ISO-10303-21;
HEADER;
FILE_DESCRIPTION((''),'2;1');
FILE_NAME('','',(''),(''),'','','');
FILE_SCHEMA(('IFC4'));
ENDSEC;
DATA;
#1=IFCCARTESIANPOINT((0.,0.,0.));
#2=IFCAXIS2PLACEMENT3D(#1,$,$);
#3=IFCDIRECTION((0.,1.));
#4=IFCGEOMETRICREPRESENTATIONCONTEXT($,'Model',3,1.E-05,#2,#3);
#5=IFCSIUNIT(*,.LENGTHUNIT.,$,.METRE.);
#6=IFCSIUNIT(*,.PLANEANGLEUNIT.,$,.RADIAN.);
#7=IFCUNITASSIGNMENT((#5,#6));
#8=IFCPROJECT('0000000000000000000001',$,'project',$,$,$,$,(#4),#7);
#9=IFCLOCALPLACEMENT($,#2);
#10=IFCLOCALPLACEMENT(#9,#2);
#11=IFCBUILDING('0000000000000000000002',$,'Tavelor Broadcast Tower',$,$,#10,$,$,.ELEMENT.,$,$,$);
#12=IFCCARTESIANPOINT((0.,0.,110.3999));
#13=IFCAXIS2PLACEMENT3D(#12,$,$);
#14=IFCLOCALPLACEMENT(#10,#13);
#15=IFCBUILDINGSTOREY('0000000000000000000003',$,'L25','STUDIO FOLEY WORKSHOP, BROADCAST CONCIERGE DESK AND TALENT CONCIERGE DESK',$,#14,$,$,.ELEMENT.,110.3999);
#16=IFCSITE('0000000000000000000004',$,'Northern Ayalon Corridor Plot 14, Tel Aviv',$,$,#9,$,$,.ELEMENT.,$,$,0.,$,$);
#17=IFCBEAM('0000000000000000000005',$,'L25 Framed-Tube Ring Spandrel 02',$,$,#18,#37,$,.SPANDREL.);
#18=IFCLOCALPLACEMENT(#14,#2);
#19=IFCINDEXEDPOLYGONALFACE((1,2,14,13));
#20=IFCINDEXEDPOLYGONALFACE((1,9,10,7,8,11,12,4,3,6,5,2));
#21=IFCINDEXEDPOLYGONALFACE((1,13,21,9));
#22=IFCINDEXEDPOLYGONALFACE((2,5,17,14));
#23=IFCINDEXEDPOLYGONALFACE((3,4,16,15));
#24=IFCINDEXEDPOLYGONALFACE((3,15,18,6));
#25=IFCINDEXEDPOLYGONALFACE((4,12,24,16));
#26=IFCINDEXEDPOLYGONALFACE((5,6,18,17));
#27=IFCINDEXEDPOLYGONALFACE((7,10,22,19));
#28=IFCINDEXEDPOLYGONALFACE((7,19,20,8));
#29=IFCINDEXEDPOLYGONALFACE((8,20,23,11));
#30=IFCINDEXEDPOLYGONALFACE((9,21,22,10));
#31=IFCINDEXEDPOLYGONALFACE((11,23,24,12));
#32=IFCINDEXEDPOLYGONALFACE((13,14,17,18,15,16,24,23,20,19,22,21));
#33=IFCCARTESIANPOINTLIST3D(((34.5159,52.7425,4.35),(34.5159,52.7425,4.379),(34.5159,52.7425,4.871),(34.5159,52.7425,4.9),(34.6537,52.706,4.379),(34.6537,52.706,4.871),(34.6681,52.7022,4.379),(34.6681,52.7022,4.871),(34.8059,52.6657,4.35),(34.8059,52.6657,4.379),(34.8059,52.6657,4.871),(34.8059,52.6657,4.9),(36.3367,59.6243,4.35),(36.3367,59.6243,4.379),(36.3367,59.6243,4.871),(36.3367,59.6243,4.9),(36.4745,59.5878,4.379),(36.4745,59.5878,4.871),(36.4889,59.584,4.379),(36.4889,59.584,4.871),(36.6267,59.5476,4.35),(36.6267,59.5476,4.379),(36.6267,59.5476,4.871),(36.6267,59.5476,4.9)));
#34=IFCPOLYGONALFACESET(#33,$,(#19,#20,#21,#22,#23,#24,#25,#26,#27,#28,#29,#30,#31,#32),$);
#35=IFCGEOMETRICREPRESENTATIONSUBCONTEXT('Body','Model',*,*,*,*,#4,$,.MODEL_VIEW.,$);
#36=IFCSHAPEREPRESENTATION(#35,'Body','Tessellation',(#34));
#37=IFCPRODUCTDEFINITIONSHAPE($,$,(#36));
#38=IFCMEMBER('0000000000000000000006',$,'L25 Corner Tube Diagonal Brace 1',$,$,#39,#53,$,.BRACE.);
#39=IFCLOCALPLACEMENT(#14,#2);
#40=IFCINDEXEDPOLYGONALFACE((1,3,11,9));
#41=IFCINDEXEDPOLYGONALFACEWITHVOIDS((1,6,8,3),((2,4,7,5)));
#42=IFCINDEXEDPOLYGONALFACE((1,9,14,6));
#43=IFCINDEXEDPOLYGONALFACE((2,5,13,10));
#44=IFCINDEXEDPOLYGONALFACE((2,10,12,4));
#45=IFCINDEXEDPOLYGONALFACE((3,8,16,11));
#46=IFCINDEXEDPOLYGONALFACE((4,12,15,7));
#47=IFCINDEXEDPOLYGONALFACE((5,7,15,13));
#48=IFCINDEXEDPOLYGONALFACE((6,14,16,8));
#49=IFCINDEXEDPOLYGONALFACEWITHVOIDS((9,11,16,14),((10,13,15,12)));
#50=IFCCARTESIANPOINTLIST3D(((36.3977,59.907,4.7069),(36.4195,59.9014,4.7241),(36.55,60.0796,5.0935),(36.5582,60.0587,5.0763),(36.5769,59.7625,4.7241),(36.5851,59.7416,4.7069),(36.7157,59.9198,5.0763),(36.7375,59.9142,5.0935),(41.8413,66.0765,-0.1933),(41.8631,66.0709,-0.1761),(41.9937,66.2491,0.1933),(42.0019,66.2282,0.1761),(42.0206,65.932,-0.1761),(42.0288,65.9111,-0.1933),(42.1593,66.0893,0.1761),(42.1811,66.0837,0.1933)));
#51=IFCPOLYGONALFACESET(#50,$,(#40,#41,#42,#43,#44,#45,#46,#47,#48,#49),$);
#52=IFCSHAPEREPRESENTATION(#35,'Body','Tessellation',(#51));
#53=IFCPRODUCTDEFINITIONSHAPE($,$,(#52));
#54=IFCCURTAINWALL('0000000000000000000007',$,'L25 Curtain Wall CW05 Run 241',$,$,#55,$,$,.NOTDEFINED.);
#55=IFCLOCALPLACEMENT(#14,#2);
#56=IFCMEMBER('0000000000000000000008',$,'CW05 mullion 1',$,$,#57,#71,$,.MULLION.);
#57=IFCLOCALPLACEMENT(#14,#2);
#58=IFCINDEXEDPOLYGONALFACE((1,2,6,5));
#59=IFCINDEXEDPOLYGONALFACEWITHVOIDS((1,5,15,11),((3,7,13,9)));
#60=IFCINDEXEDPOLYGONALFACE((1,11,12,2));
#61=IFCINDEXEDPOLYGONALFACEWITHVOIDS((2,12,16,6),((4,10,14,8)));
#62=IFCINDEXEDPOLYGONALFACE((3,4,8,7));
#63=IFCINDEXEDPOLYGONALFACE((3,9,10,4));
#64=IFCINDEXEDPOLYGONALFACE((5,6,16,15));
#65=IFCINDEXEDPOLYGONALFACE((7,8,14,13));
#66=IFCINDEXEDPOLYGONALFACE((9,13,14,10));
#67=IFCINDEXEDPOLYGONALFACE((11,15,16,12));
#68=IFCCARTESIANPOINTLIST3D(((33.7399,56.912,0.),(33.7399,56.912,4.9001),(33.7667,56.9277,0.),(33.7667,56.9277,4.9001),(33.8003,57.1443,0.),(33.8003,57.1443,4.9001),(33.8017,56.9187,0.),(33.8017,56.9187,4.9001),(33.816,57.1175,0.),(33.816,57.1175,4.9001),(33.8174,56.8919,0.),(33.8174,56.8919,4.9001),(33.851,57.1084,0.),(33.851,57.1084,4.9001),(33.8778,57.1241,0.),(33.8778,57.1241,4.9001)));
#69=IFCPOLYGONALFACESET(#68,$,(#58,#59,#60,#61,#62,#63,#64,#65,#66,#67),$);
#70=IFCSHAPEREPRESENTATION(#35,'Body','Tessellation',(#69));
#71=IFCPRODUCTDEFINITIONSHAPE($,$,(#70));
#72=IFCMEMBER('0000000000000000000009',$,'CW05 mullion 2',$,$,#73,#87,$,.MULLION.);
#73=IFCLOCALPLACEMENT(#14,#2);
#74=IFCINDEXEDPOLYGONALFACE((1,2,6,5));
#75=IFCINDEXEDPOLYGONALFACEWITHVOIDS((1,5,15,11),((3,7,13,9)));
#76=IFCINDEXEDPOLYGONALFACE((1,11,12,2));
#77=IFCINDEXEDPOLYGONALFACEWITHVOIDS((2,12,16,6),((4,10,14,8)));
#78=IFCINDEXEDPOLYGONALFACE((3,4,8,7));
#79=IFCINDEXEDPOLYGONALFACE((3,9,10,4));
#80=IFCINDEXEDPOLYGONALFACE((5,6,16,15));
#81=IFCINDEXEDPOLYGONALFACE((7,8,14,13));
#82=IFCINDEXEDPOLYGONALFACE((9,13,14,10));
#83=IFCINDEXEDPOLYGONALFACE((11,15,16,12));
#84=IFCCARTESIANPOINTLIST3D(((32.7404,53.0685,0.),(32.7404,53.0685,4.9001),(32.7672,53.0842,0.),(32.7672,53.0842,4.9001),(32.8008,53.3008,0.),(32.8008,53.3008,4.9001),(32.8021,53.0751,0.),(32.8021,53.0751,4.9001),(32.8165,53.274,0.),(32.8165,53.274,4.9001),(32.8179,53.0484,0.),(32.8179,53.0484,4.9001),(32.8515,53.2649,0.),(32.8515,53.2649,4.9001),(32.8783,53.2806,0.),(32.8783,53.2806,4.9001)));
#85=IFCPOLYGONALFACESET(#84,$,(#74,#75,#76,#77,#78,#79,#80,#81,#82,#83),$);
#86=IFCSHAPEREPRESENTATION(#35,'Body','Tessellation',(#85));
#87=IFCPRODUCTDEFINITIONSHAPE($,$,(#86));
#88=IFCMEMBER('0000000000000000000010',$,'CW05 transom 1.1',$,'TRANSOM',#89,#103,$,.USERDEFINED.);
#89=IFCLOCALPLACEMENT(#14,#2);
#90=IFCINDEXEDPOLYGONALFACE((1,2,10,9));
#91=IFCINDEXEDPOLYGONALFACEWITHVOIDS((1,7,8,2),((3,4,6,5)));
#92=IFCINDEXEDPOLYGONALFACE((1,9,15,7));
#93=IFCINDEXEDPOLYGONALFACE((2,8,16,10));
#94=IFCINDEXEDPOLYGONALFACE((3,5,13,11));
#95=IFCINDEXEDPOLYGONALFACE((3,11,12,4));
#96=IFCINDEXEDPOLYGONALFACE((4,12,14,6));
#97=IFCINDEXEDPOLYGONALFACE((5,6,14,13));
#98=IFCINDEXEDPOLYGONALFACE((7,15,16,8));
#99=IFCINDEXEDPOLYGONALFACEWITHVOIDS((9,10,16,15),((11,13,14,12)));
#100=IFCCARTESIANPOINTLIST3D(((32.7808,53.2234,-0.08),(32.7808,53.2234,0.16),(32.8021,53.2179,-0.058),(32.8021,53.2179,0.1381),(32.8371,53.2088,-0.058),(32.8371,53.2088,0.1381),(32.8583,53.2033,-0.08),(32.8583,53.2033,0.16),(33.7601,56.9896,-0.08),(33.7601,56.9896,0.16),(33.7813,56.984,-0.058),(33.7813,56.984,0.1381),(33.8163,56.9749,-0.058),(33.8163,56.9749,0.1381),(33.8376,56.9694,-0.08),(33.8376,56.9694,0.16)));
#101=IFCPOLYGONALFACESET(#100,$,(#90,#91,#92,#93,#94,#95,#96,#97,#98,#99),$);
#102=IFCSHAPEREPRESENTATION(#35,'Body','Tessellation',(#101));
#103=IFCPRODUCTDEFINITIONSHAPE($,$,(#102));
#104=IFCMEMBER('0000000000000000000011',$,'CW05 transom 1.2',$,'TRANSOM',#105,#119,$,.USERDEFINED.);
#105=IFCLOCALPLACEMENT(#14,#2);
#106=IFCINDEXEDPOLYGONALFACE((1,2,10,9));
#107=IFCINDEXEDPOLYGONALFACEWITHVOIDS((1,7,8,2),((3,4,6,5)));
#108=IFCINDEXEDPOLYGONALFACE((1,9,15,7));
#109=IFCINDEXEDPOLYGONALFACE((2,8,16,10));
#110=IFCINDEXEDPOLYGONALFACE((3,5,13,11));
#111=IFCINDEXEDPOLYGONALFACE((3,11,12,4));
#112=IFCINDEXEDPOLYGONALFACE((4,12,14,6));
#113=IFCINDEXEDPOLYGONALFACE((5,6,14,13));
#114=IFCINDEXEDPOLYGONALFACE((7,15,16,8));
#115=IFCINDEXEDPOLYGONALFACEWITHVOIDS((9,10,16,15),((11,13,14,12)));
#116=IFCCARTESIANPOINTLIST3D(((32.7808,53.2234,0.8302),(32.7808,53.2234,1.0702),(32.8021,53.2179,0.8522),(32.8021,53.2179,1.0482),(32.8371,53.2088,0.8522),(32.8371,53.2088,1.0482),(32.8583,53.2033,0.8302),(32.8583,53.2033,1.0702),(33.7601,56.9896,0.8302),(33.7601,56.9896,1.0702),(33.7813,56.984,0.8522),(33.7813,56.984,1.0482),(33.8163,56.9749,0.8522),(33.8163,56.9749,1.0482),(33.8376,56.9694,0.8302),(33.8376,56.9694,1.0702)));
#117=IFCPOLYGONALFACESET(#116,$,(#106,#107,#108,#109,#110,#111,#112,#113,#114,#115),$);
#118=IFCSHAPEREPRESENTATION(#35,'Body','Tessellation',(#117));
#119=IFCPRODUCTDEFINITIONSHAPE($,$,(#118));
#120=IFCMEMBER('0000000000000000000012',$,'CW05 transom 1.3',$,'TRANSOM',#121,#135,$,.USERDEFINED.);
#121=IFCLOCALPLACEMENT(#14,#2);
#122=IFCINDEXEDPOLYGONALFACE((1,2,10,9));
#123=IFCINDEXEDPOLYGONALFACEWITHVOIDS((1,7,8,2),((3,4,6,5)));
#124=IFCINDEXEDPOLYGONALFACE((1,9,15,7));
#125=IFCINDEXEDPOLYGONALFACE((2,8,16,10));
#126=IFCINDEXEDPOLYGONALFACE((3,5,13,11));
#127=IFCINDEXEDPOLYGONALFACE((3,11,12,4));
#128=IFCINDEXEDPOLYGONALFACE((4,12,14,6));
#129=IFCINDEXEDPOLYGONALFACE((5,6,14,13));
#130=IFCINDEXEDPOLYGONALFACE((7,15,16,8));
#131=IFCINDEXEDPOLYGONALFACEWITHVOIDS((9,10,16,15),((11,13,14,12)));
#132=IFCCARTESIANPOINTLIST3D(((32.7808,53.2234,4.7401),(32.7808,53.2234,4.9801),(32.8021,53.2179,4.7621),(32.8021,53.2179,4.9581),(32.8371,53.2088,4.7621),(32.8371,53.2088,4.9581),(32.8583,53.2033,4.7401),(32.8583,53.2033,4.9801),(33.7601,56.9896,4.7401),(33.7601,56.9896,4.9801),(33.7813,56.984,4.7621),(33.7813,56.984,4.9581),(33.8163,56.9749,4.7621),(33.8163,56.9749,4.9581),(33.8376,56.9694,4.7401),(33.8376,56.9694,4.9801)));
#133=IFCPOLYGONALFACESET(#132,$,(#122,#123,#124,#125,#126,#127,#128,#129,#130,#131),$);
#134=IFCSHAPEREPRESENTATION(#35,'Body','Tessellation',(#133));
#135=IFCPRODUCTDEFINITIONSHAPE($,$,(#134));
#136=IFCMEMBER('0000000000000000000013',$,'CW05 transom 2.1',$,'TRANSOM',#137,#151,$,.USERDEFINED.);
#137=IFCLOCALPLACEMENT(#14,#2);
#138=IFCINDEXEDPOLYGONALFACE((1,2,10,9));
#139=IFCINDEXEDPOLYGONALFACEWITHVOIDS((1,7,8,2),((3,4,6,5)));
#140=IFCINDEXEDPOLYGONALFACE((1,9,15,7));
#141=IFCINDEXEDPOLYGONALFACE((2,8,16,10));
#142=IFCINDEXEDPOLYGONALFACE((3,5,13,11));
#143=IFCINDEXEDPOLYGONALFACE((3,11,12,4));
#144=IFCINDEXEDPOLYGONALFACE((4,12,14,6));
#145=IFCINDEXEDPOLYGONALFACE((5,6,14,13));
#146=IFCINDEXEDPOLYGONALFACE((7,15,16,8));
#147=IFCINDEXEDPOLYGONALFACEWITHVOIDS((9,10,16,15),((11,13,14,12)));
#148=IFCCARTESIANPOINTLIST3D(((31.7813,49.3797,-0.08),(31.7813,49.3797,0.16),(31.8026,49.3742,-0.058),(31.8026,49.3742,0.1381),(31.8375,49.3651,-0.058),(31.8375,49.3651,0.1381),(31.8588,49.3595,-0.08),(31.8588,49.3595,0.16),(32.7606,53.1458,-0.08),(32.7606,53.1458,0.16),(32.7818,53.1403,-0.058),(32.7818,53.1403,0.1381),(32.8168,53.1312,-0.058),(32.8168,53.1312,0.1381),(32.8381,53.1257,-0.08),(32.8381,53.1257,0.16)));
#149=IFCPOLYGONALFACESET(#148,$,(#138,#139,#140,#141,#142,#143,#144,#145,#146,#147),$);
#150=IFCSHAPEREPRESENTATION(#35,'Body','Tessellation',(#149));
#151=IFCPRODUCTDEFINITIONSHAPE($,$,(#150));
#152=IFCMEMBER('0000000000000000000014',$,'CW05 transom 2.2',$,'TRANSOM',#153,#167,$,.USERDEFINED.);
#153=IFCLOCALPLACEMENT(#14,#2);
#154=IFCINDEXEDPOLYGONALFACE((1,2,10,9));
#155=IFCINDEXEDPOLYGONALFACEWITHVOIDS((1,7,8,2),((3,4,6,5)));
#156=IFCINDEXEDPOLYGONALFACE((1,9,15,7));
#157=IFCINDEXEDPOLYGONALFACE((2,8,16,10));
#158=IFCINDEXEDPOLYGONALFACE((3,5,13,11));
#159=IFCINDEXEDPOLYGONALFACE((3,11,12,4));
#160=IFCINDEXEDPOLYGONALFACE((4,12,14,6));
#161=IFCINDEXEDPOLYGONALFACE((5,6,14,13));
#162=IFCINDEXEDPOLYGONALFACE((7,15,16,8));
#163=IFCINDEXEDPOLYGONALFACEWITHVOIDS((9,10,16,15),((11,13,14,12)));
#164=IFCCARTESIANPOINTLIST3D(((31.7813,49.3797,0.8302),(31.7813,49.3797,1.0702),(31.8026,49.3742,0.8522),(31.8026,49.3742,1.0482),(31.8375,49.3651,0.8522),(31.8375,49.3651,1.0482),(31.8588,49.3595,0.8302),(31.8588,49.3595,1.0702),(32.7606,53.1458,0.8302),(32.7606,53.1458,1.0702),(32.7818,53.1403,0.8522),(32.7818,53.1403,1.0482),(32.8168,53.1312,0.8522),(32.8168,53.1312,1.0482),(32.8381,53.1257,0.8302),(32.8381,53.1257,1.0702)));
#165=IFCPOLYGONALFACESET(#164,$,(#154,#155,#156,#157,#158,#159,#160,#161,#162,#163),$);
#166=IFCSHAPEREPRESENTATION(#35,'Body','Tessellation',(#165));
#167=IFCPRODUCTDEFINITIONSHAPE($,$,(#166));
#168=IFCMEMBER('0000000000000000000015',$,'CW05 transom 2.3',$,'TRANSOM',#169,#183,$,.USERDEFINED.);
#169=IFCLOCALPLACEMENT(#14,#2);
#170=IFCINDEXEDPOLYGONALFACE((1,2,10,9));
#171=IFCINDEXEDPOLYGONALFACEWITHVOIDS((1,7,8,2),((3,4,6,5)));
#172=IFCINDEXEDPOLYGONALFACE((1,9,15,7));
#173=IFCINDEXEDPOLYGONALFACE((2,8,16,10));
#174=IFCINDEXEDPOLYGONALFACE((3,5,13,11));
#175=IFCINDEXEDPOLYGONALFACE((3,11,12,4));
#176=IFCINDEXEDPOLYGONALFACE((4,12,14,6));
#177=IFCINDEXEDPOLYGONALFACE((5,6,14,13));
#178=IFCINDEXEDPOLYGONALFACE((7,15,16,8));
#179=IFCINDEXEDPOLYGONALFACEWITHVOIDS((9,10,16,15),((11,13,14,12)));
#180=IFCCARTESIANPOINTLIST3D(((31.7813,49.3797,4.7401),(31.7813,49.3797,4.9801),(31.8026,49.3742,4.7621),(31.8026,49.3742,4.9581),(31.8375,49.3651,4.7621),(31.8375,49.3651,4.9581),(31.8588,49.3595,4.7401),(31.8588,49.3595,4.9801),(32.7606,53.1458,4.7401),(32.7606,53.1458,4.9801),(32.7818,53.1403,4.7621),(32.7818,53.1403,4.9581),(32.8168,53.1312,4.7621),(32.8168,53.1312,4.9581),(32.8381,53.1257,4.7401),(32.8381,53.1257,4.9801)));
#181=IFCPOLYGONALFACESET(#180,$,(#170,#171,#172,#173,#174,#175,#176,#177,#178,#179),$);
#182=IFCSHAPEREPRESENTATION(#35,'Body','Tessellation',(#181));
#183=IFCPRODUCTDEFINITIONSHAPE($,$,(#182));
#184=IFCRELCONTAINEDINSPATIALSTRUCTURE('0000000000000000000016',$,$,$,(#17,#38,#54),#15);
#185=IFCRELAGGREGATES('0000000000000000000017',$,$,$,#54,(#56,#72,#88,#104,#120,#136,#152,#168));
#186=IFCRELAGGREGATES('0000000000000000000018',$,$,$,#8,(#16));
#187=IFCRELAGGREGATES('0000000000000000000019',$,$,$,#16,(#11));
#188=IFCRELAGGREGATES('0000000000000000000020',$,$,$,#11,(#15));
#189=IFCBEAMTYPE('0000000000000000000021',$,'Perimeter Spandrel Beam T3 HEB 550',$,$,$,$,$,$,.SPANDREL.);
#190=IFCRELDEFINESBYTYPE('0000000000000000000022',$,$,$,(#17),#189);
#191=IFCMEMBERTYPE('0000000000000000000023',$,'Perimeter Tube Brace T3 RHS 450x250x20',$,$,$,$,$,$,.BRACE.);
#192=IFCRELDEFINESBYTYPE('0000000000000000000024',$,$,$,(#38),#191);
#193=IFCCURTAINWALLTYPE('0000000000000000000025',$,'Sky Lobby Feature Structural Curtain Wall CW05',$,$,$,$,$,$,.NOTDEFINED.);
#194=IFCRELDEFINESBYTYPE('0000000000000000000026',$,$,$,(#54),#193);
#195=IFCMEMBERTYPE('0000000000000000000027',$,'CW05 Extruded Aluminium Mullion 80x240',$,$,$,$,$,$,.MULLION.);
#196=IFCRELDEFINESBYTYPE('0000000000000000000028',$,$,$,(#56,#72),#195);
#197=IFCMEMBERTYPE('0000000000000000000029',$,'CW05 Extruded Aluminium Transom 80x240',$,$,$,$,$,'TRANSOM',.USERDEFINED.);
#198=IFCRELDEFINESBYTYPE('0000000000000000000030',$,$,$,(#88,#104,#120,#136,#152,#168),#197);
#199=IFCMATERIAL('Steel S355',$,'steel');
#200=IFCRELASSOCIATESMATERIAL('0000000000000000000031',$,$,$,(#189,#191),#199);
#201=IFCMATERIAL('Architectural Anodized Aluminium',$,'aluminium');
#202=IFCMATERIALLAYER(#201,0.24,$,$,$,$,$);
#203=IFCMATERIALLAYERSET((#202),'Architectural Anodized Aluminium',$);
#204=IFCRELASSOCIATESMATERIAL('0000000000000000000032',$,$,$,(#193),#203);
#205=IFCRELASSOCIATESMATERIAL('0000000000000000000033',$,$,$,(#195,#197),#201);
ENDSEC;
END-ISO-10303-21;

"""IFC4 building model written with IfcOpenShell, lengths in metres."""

from ifc_helpers import new_model, si_unit, direction, frame, origin, origin_2d, place, context, subcontext, project, spatial, hollow_rectangle, i_section, extrude, source, transform, mapped, material, layer, layer_set, material_profile, profile_set, type_object, type_shapes, element, aggregate, save


model = new_model("IFC4")

# Units and contexts
model_context = context("Model", 3, precision=1e-05, world=origin(), true_north=direction((0.0, 1.0)))
body_context = subcontext(model_context, "Body", "Model", "MODEL_VIEW")
ifc_project = project(units=[si_unit("LENGTHUNIT", "METRE"), si_unit("PLANEANGLEUNIT", "RADIAN")], contexts=[model_context])

# Site, building, storey
site_placement = place(None, origin())
site = spatial("IfcSite", under=ifc_project, at=site_placement, Name="Northern Ayalon Corridor Plot 14, Tel Aviv", CompositionType="ELEMENT", RefElevation=0.0)
building_placement = place(site_placement, origin())
building = spatial("IfcBuilding", under=site, at=building_placement, Name="Tavelor Broadcast Tower", CompositionType="ELEMENT")
storey_placement = place(building_placement, frame((0.0, 0.0, 110.3999)))
storey = spatial("IfcBuildingStorey", under=building, at=storey_placement, Name="L25", Description="STUDIO FOLEY WORKSHOP, BROADCAST CONCIERGE DESK AND TALENT CONCIERGE DESK", CompositionType="ELEMENT", Elevation=110.3999)

# Beam
ifc_material_1 = material(Name="Steel S355", Category="steel")
ifc_material_profile_1 = material_profile(ifc_material_1, i_section(OverallWidth=0.3, OverallDepth=0.55, WebThickness=0.0149, FlangeThickness=0.0291, at=origin_2d()), Name="HEB 550")
ifc_profile_set_1 = profile_set([ifc_material_profile_1], Name="Steel S355")
beam_type_1 = type_object("IfcBeamType", Name="Perimeter Spandrel Beam T3 HEB 550", PredefinedType="SPANDREL", material=ifc_profile_set_1)
beam_1_placement = place(storey_placement, frame((36.4817, 59.5859, 4.625), z_axis=(-0.255779, -0.966735, 0.0), x_axis=(0.966735, -0.255779, 0.0)))
element("IfcBeam", 1, at=beam_1_placement, inside=storey, type_object=beam_type_1, Name="L25 Framed-Tube Ring Spandrel 02", PredefinedType="SPANDREL", context=body_context, shape_type="SweptSolid", body=[
    extrude(i_section(OverallWidth=0.3, OverallDepth=0.55, WebThickness=0.0149, FlangeThickness=0.0291, at=origin_2d()), origin(), (0.0, 0.0, 1.0), 7.1187),
])

# Member
ifc_material_profile_2 = material_profile(ifc_material_1, hollow_rectangle(XDim=0.25, YDim=0.45, WallThickness=0.02, at=origin_2d()), Name="RHS 450x250x20")
ifc_profile_set_2 = profile_set([ifc_material_profile_2], Name="Steel S355")
member_type_1 = type_object("IfcMemberType", Name="Perimeter Tube Brace T3 RHS 450x250x20", PredefinedType="BRACE", material=ifc_profile_set_2)
member_1_placement = place(storey_placement, frame((42.0112, 66.0801, 0.0), z_axis=(-0.568443, -0.644238, 0.511693), x_axis=(0.749839, -0.661621, 0.0)))
element("IfcMember", 2, at=member_1_placement, inside=storey, type_object=member_type_1, Name="L25 Corner Tube Diagonal Brace 1", PredefinedType="BRACE", context=body_context, shape_type="SweptSolid", body=[
    extrude(hollow_rectangle(XDim=0.25, YDim=0.45, WallThickness=0.02, at=origin_2d()), origin(), (0.0, 0.0, 1.0), 9.5764),
])

# Curtain wall, members
ifc_material_2 = material(Name="Architectural Anodized Aluminium", Category="aluminium")
ifc_layer_1 = layer(ifc_material_2, 0.24)
ifc_layer_set_1 = layer_set([ifc_layer_1], Name="Architectural Anodized Aluminium")
curtain_wall_type = type_object("IfcCurtainWallType", Name="Sky Lobby Feature Structural Curtain Wall CW05", PredefinedType="NOTDEFINED", material=ifc_layer_set_1)
curtain_wall_placement = place(storey_placement, origin())
curtain_wall = element("IfcCurtainWall", 3, at=curtain_wall_placement, inside=storey, type_object=curtain_wall_type, Name="L25 Curtain Wall CW05 Run 241", PredefinedType="NOTDEFINED")
ifc_material_profile_3 = material_profile(ifc_material_2, hollow_rectangle(XDim=0.0801, YDim=0.24, WallThickness=0.022, at=origin_2d()), Name="RHS 80x240x22")
ifc_profile_set_3 = profile_set([ifc_material_profile_3], Name="Architectural Anodized Aluminium")
member_type_2 = type_object("IfcMemberType", Name="CW05 Extruded Aluminium Mullion 80x240", PredefinedType="MULLION", material=ifc_profile_set_3)
shared_shape_1 = source(origin(), body_context, "Body", "SweptSolid", [
    extrude(hollow_rectangle(XDim=0.0801, YDim=0.24, WallThickness=0.022, at=origin_2d()), origin(), (0.0, 0.0, 1.0), 4.9001),
])
type_shapes(member_type_2, [shared_shape_1])
member_2_placement = place(storey_placement, frame((33.8088, 57.0181, 0.0), z_axis=(0.0, 0.0, 1.0), x_axis=(0.967817, -0.251655, 0.0)))
member_2 = element("IfcMember", 4, at=member_2_placement, type_object=member_type_2, Name="CW05 mullion 1", PredefinedType="MULLION", context=body_context, shape_type="MappedRepresentation", body=[
    mapped(shared_shape_1, transform((0.0, 0.0, 0.0), scale=1.0)),
])
member_3_placement = place(storey_placement, frame((32.8093, 53.1746, 0.0), z_axis=(0.0, 0.0, 1.0), x_axis=(0.967817, -0.251655, 0.0)))
member_3 = element("IfcMember", 5, at=member_3_placement, type_object=member_type_2, Name="CW05 mullion 2", PredefinedType="MULLION", context=body_context, shape_type="MappedRepresentation", body=[
    mapped(shared_shape_1, transform((0.0, 0.0, 0.0), scale=1.0)),
])
ifc_material_profile_4 = material_profile(ifc_material_2, hollow_rectangle(XDim=0.0801, YDim=0.24, WallThickness=0.022, at=origin_2d()), Name="RHS 80x240x22")
ifc_profile_set_4 = profile_set([ifc_material_profile_4], Name="Architectural Anodized Aluminium")
member_type_3 = type_object("IfcMemberType", Name="CW05 Extruded Aluminium Transom 80x240", ElementType="TRANSOM", PredefinedType="USERDEFINED", material=ifc_profile_set_4)
shared_shape_2 = source(origin(), body_context, "Body", "SweptSolid", [
    extrude(hollow_rectangle(XDim=0.0801, YDim=0.24, WallThickness=0.022, at=origin_2d()), origin(), (0.0, 0.0, 1.0), 3.8914),
])
type_shapes(member_type_3, [shared_shape_2])
member_4_placement = place(storey_placement, frame((33.7988, 56.9795, 0.04), z_axis=(-0.251648, -0.967819, 0.0), x_axis=(0.967819, -0.251648, 0.0)))
member_4 = element("IfcMember", 6, at=member_4_placement, type_object=member_type_3, Name="CW05 transom 1.1", ObjectType="TRANSOM", PredefinedType="USERDEFINED", context=body_context, shape_type="MappedRepresentation", body=[
    mapped(shared_shape_2, transform((0.0, 0.0, 0.0), scale=1.0)),
])
member_5_placement = place(storey_placement, frame((33.7988, 56.9795, 0.9502), z_axis=(-0.251648, -0.967819, 0.0), x_axis=(0.967819, -0.251648, 0.0)))
member_5 = element("IfcMember", 7, at=member_5_placement, type_object=member_type_3, Name="CW05 transom 1.2", ObjectType="TRANSOM", PredefinedType="USERDEFINED", context=body_context, shape_type="MappedRepresentation", body=[
    mapped(shared_shape_2, transform((0.0, 0.0, 0.0), scale=1.0)),
])
member_6_placement = place(storey_placement, frame((33.7988, 56.9795, 4.8601), z_axis=(-0.251648, -0.967819, 0.0), x_axis=(0.967819, -0.251648, 0.0)))
member_6 = element("IfcMember", 8, at=member_6_placement, type_object=member_type_3, Name="CW05 transom 1.3", ObjectType="TRANSOM", PredefinedType="USERDEFINED", context=body_context, shape_type="MappedRepresentation", body=[
    mapped(shared_shape_2, transform((0.0, 0.0, 0.0), scale=1.0)),
])
member_7_placement = place(storey_placement, frame((32.7993, 53.1357, 0.04), z_axis=(-0.251648, -0.967819, 0.0), x_axis=(0.967819, -0.251648, 0.0)))
member_7 = element("IfcMember", 9, at=member_7_placement, type_object=member_type_3, Name="CW05 transom 2.1", ObjectType="TRANSOM", PredefinedType="USERDEFINED", context=body_context, shape_type="MappedRepresentation", body=[
    mapped(shared_shape_2, transform((0.0, 0.0, 0.0), scale=1.0)),
])
member_8_placement = place(storey_placement, frame((32.7993, 53.1357, 0.9502), z_axis=(-0.251648, -0.967819, 0.0), x_axis=(0.967819, -0.251648, 0.0)))
member_8 = element("IfcMember", 10, at=member_8_placement, type_object=member_type_3, Name="CW05 transom 2.2", ObjectType="TRANSOM", PredefinedType="USERDEFINED", context=body_context, shape_type="MappedRepresentation", body=[
    mapped(shared_shape_2, transform((0.0, 0.0, 0.0), scale=1.0)),
])
member_9_placement = place(storey_placement, frame((32.7993, 53.1357, 4.8601), z_axis=(-0.251648, -0.967819, 0.0), x_axis=(0.967819, -0.251648, 0.0)))
member_9 = element("IfcMember", 11, at=member_9_placement, type_object=member_type_3, Name="CW05 transom 2.3", ObjectType="TRANSOM", PredefinedType="USERDEFINED", context=body_context, shape_type="MappedRepresentation", body=[
    mapped(shared_shape_2, transform((0.0, 0.0, 0.0), scale=1.0)),
])

aggregate(curtain_wall, [member_2, member_3, member_4, member_5, member_6, member_7, member_8, member_9])

save(model, "model.ifc")
